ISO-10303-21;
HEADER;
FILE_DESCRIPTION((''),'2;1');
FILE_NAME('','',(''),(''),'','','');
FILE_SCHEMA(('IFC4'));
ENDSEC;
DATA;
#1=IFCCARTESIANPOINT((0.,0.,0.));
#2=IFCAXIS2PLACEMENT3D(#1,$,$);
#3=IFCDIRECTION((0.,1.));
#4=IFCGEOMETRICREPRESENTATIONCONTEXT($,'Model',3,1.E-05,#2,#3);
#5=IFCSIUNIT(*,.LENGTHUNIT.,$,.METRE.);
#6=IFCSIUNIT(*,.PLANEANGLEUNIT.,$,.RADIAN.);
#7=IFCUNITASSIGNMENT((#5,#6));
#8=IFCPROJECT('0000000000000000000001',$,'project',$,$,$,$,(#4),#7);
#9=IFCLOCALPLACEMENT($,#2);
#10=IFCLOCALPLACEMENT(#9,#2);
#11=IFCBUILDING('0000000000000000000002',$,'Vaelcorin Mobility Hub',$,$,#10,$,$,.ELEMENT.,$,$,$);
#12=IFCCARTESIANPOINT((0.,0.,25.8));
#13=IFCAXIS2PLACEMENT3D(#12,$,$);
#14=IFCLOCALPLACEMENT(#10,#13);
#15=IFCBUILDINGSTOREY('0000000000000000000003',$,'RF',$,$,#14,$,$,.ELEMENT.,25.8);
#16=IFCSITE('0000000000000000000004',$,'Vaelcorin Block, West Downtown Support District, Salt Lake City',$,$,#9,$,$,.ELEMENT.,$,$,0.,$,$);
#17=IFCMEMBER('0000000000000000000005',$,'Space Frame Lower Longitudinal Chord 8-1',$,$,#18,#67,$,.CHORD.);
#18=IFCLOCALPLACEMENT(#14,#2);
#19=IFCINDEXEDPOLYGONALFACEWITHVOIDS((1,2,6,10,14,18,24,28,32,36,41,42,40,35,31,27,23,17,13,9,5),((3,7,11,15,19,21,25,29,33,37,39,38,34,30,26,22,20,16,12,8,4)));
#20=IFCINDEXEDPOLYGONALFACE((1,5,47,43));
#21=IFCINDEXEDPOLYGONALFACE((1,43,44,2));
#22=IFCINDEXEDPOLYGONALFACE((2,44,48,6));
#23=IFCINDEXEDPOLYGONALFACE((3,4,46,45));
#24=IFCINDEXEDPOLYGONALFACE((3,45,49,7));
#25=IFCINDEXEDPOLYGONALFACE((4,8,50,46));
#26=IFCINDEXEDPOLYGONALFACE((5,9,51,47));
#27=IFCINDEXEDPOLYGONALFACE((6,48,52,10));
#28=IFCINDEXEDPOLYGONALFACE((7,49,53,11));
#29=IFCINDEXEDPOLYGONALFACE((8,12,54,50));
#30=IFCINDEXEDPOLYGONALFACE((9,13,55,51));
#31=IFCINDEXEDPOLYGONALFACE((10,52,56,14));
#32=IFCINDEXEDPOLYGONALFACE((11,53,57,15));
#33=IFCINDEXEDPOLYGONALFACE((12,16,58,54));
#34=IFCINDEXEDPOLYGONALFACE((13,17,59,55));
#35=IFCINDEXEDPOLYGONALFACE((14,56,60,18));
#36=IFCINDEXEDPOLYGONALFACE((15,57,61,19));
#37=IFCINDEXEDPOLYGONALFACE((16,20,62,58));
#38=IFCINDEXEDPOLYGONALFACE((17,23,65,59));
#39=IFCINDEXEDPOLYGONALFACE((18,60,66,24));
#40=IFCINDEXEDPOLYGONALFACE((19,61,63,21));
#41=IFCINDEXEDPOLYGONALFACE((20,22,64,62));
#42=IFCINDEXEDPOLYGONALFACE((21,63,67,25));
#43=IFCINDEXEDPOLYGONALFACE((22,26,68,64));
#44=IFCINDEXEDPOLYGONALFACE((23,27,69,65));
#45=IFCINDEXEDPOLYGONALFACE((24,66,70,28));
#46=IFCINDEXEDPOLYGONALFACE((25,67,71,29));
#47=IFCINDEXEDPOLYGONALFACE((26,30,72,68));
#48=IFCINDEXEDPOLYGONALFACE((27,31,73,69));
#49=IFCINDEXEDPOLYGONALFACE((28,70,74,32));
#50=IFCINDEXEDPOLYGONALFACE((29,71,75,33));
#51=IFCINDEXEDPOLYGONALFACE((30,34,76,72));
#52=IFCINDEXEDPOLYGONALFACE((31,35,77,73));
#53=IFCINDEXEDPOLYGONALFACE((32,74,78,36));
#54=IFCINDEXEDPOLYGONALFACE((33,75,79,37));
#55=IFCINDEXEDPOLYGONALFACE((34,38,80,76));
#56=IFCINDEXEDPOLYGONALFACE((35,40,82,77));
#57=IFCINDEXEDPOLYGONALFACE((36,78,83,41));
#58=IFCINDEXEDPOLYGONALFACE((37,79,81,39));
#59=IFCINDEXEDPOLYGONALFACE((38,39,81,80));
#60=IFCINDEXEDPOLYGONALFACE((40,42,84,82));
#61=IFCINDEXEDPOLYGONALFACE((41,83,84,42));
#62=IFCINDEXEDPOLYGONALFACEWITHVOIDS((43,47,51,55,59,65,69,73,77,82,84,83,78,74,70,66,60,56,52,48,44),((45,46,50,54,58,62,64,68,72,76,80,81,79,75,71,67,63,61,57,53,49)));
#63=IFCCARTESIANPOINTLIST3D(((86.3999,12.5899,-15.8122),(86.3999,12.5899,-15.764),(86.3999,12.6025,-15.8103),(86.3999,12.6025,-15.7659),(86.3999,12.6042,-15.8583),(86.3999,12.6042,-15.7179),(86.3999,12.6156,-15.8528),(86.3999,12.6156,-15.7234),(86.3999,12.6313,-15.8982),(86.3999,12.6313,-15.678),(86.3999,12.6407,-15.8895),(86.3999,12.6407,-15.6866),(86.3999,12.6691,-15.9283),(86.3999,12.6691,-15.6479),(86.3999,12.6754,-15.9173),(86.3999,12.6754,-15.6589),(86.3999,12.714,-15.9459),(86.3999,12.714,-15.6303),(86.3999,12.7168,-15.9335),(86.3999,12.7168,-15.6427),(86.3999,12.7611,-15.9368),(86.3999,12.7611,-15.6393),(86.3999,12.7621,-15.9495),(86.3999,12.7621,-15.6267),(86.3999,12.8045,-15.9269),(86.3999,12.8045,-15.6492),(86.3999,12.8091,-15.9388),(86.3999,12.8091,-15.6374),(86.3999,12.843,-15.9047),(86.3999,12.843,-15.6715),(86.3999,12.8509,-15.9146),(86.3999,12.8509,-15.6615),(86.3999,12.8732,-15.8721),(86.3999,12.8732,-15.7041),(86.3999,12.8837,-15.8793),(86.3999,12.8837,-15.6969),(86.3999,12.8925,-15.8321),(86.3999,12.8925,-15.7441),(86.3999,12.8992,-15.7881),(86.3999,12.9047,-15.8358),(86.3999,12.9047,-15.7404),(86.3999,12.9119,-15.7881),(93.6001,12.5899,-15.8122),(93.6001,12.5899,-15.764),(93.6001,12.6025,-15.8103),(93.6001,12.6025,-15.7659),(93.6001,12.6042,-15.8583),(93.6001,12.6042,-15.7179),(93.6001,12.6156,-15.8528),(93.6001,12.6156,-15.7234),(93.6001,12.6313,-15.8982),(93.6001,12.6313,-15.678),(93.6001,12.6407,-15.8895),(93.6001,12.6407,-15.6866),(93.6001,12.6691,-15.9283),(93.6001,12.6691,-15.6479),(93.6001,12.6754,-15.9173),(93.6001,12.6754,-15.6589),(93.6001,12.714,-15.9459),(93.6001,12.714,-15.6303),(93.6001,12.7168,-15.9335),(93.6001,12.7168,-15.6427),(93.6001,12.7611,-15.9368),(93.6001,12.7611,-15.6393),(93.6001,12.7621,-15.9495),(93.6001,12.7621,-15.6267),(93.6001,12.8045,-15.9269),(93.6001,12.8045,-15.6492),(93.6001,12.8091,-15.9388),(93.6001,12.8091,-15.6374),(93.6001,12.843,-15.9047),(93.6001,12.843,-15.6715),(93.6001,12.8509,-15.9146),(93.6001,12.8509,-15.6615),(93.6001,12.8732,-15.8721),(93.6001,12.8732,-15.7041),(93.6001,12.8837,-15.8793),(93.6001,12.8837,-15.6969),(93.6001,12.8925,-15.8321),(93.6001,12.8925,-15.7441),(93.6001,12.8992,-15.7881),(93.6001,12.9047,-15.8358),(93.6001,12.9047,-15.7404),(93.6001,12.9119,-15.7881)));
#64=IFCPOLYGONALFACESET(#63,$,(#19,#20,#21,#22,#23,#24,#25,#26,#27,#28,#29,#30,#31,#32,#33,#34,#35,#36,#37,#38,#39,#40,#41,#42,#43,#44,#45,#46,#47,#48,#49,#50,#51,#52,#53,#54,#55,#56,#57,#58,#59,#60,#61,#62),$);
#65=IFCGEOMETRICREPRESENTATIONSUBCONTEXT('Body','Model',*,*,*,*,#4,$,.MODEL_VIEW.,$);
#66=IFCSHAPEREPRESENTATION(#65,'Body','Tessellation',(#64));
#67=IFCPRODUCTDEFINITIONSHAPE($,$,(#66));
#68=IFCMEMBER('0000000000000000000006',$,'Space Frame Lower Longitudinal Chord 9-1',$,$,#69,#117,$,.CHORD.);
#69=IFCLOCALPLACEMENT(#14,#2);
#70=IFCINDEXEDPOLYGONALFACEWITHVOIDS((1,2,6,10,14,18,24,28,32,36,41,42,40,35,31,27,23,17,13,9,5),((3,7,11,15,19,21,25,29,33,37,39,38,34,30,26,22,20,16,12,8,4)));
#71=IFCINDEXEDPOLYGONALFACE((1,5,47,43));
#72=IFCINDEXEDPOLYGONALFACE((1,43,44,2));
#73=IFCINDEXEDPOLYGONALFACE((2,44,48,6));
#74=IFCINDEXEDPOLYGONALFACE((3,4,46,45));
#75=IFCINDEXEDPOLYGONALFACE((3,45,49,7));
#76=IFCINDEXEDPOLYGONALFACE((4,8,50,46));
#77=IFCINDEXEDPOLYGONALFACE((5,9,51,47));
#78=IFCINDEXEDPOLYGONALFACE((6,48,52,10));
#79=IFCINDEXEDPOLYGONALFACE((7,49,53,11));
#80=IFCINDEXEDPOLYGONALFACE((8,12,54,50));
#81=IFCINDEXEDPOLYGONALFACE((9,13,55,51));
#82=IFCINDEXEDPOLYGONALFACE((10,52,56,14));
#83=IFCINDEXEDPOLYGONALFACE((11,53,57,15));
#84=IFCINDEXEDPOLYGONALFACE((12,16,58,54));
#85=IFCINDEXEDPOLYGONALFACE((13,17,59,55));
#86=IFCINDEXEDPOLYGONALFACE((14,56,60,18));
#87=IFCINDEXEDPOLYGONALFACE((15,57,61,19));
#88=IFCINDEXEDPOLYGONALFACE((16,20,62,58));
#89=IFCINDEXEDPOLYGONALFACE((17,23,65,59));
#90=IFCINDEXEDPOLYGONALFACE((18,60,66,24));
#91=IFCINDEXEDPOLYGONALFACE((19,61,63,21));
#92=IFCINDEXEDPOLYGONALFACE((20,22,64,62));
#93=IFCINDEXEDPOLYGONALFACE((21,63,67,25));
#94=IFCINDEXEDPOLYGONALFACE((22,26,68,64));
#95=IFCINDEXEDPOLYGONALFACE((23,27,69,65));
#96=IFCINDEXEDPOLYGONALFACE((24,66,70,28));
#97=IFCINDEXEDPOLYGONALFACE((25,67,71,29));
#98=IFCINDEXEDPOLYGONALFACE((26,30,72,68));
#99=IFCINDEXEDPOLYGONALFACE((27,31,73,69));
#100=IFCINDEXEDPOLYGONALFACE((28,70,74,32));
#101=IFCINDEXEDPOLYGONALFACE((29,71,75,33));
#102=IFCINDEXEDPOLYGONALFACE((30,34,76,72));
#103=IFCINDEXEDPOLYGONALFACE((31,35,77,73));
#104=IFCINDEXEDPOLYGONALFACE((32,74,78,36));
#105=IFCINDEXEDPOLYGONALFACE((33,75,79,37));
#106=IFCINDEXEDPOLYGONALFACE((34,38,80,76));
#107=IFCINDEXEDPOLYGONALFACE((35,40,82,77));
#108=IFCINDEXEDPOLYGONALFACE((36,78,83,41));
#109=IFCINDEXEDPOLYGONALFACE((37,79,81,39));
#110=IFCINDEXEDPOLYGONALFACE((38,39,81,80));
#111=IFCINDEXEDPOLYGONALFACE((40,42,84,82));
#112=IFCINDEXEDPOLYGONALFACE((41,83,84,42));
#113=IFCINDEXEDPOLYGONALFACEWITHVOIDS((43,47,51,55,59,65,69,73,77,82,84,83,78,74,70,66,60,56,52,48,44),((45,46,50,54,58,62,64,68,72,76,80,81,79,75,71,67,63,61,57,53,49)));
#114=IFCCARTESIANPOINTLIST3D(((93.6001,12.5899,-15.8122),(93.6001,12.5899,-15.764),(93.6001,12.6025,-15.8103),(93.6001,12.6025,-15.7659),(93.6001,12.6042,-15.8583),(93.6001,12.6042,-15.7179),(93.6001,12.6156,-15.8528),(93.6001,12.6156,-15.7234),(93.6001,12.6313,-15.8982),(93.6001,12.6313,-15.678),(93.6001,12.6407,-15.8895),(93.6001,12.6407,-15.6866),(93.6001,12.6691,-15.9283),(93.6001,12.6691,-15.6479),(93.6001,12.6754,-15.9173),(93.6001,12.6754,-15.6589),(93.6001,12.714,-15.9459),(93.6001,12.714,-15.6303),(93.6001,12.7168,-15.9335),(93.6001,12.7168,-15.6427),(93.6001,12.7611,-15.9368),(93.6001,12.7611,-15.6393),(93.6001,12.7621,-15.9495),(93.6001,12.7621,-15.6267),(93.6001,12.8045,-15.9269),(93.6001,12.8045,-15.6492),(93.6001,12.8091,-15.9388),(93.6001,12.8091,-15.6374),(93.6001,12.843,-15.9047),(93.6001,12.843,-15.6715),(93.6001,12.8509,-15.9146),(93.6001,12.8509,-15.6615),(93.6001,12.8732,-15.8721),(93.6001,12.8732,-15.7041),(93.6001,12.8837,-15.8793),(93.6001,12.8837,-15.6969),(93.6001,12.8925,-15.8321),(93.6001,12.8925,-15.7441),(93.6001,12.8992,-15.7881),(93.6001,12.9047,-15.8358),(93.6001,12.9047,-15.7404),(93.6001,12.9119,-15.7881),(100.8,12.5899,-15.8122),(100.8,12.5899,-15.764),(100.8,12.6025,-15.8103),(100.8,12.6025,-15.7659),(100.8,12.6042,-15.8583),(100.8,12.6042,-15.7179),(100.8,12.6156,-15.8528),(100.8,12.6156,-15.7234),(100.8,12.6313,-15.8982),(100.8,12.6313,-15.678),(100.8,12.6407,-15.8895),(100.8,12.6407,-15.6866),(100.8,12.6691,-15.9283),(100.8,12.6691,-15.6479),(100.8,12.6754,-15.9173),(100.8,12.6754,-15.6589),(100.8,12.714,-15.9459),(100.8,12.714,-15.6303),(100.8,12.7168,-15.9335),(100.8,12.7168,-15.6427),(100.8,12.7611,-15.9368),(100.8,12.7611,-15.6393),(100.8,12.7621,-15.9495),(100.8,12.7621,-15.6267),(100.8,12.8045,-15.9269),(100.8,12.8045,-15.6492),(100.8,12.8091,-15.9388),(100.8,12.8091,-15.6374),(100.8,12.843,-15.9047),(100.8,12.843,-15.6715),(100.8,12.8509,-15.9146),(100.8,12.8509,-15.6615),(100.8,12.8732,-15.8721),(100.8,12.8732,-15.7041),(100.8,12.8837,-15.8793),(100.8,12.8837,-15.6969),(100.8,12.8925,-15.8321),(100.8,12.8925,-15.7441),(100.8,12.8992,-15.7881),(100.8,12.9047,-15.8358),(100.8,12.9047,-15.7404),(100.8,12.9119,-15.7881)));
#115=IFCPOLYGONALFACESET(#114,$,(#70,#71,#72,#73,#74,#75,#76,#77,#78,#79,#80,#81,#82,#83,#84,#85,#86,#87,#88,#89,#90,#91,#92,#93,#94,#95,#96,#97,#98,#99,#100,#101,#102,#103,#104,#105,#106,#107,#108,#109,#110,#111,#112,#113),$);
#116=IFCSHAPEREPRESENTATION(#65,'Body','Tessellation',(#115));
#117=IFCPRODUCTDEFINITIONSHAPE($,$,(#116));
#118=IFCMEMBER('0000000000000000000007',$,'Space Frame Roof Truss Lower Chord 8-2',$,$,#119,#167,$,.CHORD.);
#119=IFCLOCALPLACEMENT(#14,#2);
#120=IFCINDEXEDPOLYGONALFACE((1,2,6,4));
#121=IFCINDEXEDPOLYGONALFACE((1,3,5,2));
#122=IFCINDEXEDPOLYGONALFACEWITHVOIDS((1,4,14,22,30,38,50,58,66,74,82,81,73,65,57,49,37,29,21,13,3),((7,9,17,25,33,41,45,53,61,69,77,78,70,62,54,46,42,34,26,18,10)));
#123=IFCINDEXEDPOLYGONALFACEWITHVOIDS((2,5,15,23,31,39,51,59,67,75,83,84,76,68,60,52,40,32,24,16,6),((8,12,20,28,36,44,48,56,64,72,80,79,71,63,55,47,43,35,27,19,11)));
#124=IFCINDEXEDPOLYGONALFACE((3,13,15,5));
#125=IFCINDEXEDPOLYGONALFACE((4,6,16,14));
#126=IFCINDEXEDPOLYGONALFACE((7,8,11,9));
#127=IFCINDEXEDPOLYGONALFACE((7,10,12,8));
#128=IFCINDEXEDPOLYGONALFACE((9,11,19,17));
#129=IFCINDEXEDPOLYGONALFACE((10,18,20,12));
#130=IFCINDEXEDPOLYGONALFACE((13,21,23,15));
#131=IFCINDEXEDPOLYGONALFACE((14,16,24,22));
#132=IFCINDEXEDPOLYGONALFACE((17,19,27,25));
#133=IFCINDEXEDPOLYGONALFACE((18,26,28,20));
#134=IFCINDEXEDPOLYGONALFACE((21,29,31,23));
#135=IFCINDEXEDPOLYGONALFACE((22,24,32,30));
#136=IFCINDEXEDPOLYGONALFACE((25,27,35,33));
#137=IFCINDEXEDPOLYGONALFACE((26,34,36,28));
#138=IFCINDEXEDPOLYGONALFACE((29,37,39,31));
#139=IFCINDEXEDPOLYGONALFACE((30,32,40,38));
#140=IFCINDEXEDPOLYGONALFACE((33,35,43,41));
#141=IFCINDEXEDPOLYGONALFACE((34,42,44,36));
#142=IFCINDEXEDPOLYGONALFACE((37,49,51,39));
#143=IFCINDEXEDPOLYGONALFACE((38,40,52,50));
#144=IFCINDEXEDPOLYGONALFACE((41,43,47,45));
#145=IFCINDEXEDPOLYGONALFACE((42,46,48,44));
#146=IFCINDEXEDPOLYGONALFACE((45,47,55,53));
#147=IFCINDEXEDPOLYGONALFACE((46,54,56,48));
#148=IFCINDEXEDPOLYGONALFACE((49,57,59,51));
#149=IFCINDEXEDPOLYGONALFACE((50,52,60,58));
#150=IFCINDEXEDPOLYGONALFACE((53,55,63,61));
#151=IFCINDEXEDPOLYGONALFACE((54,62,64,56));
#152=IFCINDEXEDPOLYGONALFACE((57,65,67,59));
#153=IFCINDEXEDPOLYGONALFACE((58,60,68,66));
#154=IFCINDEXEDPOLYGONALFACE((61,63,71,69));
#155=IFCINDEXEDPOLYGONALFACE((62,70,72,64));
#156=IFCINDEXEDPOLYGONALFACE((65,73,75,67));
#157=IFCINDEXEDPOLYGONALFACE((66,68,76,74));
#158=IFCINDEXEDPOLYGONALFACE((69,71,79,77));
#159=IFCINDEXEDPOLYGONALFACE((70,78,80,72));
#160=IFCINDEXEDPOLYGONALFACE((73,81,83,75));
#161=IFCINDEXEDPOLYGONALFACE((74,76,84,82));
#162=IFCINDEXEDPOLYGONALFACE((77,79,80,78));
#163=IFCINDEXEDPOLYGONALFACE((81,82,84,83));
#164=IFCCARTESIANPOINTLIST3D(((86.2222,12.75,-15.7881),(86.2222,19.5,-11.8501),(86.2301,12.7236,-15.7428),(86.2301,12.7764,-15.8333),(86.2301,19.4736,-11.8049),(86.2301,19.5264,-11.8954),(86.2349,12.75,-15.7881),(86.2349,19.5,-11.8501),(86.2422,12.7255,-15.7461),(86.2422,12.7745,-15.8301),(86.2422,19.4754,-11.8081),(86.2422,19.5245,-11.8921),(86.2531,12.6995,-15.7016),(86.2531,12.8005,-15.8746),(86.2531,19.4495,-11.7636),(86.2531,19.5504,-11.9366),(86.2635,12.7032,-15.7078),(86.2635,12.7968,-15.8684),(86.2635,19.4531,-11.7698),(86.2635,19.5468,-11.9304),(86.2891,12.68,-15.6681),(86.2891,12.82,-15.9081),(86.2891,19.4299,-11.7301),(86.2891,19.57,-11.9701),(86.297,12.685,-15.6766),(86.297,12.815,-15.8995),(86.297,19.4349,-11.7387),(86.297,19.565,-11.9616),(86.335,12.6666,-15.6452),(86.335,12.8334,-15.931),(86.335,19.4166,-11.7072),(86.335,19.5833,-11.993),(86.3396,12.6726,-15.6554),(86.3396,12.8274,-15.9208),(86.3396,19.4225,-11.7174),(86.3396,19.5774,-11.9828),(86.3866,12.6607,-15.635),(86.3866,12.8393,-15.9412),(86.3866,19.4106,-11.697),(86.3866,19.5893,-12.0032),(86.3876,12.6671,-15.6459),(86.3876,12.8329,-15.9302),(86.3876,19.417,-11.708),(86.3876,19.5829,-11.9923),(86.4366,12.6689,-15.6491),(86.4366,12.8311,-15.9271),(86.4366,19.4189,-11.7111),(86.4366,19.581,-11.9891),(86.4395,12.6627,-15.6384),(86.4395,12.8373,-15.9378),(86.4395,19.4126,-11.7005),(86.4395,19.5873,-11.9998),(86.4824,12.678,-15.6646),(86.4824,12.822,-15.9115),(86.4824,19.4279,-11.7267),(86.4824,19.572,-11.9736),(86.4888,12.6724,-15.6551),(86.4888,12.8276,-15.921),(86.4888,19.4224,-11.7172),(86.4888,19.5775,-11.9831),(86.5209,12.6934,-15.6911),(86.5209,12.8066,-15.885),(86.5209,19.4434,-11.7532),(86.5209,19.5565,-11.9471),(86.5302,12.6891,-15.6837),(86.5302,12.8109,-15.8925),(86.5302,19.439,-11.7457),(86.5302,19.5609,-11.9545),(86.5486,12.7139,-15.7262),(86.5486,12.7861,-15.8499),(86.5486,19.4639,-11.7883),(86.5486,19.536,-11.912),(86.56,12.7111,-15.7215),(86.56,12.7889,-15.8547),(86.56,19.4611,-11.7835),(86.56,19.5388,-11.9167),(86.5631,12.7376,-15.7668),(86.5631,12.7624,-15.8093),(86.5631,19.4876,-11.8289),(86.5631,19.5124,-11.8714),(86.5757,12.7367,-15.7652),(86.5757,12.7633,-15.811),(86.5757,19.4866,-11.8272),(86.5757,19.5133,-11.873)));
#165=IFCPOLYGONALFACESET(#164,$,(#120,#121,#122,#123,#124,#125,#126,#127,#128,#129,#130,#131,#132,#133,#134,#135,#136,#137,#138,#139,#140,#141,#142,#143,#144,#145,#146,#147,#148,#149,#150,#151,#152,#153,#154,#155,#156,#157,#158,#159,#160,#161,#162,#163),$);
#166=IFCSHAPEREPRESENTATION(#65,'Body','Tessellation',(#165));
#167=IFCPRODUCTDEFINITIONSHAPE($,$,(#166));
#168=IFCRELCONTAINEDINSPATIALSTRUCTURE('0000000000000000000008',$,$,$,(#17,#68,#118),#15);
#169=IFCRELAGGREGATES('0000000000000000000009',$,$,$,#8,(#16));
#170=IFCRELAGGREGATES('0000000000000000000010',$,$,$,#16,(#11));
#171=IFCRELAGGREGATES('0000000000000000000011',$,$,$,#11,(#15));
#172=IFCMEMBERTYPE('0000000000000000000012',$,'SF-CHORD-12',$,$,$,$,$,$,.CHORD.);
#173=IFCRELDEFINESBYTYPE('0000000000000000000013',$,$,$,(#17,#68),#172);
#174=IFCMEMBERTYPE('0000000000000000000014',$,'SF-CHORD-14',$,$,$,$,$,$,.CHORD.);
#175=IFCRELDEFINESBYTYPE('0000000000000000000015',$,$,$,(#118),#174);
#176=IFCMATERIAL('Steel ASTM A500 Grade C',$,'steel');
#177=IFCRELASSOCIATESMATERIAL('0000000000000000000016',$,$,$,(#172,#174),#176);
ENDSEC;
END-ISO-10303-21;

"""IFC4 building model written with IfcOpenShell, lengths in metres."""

from ifc_helpers import new_model, si_unit, direction, frame, origin, origin_2d, place, context, subcontext, project, spatial, hollow_circle, extrude, material, material_profile, profile_set, type_object, element, save


model = new_model("IFC4")

# Units and contexts
model_context = context("Model", 3, precision=1e-05, world=origin(), true_north=direction((0.0, 1.0)))
body_context = subcontext(model_context, "Body", "Model", "MODEL_VIEW")
ifc_project = project(units=[si_unit("LENGTHUNIT", "METRE"), si_unit("PLANEANGLEUNIT", "RADIAN")], contexts=[model_context])

# Site, building, storey
site_placement = place(None, origin())
site = spatial("IfcSite", under=ifc_project, at=site_placement, Name="Vaelcorin Block, West Downtown Support District, Salt Lake City", CompositionType="ELEMENT", RefElevation=0.0)
building_placement = place(site_placement, origin())
building = spatial("IfcBuilding", under=site, at=building_placement, Name="Vaelcorin Mobility Hub", CompositionType="ELEMENT")
storey_placement = place(building_placement, frame((0.0, 0.0, 25.8)))
storey = spatial("IfcBuildingStorey", under=building, at=storey_placement, Name="RF", CompositionType="ELEMENT", Elevation=25.8)

# Members
ifc_material_1 = material(Name="Steel ASTM A500 Grade C", Category="steel")
ifc_material_profile_1 = material_profile(ifc_material_1, hollow_circle(Radius=0.1619, WallThickness=0.0127, at=origin_2d()), Name="HSS12.750X0.500")
ifc_profile_set_1 = profile_set([ifc_material_profile_1], Name="Steel ASTM A500 Grade C")
member_type_1 = type_object("IfcMemberType", Name="SF-CHORD-12", PredefinedType="CHORD", material=ifc_profile_set_1)
member_1_placement = place(storey_placement, frame((86.3999, 12.75, -15.7881), z_axis=(1.0, 0.0, 0.0), x_axis=(0.0, 1.0, 0.0)))
element("IfcMember", 1, at=member_1_placement, inside=storey, type_object=member_type_1, Name="Space Frame Lower Longitudinal Chord 8-1", PredefinedType="CHORD", context=body_context, shape_type="SweptSolid", body=[
    extrude(hollow_circle(Radius=0.1619, WallThickness=0.0127, at=origin_2d()), origin(), (0.0, 0.0, 1.0), 7.2002),
])
member_2_placement = place(storey_placement, frame((93.6001, 12.75, -15.7881), z_axis=(1.0, 0.0, 0.0), x_axis=(0.0, 1.0, 0.0)))
element("IfcMember", 2, at=member_2_placement, inside=storey, type_object=member_type_1, Name="Space Frame Lower Longitudinal Chord 9-1", PredefinedType="CHORD", context=body_context, shape_type="SweptSolid", body=[
    extrude(hollow_circle(Radius=0.1619, WallThickness=0.0127, at=origin_2d()), origin(), (0.0, 0.0, 1.0), 7.2),
])
ifc_material_profile_2 = material_profile(ifc_material_1, hollow_circle(Radius=0.1777, WallThickness=0.0127, at=origin_2d()), Name="HSS14.000X0.500")
ifc_profile_set_2 = profile_set([ifc_material_profile_2], Name="Steel ASTM A500 Grade C")
member_type_2 = type_object("IfcMemberType", Name="SF-CHORD-14", PredefinedType="CHORD", material=ifc_profile_set_2)
member_3_placement = place(storey_placement, frame((86.3999, 12.75, -15.7881), z_axis=(0.0, 0.863752, 0.503918), x_axis=(-1.0, 0.0, 0.0)))
element("IfcMember", 3, at=member_3_placement, inside=storey, type_object=member_type_2, Name="Space Frame Roof Truss Lower Chord 8-2", PredefinedType="CHORD", context=body_context, shape_type="SweptSolid", body=[
    extrude(hollow_circle(Radius=0.1777, WallThickness=0.0127, at=origin_2d()), origin(), (0.0, 0.0, 1.0), 7.8147),
])

save(model, "model.ifc")
